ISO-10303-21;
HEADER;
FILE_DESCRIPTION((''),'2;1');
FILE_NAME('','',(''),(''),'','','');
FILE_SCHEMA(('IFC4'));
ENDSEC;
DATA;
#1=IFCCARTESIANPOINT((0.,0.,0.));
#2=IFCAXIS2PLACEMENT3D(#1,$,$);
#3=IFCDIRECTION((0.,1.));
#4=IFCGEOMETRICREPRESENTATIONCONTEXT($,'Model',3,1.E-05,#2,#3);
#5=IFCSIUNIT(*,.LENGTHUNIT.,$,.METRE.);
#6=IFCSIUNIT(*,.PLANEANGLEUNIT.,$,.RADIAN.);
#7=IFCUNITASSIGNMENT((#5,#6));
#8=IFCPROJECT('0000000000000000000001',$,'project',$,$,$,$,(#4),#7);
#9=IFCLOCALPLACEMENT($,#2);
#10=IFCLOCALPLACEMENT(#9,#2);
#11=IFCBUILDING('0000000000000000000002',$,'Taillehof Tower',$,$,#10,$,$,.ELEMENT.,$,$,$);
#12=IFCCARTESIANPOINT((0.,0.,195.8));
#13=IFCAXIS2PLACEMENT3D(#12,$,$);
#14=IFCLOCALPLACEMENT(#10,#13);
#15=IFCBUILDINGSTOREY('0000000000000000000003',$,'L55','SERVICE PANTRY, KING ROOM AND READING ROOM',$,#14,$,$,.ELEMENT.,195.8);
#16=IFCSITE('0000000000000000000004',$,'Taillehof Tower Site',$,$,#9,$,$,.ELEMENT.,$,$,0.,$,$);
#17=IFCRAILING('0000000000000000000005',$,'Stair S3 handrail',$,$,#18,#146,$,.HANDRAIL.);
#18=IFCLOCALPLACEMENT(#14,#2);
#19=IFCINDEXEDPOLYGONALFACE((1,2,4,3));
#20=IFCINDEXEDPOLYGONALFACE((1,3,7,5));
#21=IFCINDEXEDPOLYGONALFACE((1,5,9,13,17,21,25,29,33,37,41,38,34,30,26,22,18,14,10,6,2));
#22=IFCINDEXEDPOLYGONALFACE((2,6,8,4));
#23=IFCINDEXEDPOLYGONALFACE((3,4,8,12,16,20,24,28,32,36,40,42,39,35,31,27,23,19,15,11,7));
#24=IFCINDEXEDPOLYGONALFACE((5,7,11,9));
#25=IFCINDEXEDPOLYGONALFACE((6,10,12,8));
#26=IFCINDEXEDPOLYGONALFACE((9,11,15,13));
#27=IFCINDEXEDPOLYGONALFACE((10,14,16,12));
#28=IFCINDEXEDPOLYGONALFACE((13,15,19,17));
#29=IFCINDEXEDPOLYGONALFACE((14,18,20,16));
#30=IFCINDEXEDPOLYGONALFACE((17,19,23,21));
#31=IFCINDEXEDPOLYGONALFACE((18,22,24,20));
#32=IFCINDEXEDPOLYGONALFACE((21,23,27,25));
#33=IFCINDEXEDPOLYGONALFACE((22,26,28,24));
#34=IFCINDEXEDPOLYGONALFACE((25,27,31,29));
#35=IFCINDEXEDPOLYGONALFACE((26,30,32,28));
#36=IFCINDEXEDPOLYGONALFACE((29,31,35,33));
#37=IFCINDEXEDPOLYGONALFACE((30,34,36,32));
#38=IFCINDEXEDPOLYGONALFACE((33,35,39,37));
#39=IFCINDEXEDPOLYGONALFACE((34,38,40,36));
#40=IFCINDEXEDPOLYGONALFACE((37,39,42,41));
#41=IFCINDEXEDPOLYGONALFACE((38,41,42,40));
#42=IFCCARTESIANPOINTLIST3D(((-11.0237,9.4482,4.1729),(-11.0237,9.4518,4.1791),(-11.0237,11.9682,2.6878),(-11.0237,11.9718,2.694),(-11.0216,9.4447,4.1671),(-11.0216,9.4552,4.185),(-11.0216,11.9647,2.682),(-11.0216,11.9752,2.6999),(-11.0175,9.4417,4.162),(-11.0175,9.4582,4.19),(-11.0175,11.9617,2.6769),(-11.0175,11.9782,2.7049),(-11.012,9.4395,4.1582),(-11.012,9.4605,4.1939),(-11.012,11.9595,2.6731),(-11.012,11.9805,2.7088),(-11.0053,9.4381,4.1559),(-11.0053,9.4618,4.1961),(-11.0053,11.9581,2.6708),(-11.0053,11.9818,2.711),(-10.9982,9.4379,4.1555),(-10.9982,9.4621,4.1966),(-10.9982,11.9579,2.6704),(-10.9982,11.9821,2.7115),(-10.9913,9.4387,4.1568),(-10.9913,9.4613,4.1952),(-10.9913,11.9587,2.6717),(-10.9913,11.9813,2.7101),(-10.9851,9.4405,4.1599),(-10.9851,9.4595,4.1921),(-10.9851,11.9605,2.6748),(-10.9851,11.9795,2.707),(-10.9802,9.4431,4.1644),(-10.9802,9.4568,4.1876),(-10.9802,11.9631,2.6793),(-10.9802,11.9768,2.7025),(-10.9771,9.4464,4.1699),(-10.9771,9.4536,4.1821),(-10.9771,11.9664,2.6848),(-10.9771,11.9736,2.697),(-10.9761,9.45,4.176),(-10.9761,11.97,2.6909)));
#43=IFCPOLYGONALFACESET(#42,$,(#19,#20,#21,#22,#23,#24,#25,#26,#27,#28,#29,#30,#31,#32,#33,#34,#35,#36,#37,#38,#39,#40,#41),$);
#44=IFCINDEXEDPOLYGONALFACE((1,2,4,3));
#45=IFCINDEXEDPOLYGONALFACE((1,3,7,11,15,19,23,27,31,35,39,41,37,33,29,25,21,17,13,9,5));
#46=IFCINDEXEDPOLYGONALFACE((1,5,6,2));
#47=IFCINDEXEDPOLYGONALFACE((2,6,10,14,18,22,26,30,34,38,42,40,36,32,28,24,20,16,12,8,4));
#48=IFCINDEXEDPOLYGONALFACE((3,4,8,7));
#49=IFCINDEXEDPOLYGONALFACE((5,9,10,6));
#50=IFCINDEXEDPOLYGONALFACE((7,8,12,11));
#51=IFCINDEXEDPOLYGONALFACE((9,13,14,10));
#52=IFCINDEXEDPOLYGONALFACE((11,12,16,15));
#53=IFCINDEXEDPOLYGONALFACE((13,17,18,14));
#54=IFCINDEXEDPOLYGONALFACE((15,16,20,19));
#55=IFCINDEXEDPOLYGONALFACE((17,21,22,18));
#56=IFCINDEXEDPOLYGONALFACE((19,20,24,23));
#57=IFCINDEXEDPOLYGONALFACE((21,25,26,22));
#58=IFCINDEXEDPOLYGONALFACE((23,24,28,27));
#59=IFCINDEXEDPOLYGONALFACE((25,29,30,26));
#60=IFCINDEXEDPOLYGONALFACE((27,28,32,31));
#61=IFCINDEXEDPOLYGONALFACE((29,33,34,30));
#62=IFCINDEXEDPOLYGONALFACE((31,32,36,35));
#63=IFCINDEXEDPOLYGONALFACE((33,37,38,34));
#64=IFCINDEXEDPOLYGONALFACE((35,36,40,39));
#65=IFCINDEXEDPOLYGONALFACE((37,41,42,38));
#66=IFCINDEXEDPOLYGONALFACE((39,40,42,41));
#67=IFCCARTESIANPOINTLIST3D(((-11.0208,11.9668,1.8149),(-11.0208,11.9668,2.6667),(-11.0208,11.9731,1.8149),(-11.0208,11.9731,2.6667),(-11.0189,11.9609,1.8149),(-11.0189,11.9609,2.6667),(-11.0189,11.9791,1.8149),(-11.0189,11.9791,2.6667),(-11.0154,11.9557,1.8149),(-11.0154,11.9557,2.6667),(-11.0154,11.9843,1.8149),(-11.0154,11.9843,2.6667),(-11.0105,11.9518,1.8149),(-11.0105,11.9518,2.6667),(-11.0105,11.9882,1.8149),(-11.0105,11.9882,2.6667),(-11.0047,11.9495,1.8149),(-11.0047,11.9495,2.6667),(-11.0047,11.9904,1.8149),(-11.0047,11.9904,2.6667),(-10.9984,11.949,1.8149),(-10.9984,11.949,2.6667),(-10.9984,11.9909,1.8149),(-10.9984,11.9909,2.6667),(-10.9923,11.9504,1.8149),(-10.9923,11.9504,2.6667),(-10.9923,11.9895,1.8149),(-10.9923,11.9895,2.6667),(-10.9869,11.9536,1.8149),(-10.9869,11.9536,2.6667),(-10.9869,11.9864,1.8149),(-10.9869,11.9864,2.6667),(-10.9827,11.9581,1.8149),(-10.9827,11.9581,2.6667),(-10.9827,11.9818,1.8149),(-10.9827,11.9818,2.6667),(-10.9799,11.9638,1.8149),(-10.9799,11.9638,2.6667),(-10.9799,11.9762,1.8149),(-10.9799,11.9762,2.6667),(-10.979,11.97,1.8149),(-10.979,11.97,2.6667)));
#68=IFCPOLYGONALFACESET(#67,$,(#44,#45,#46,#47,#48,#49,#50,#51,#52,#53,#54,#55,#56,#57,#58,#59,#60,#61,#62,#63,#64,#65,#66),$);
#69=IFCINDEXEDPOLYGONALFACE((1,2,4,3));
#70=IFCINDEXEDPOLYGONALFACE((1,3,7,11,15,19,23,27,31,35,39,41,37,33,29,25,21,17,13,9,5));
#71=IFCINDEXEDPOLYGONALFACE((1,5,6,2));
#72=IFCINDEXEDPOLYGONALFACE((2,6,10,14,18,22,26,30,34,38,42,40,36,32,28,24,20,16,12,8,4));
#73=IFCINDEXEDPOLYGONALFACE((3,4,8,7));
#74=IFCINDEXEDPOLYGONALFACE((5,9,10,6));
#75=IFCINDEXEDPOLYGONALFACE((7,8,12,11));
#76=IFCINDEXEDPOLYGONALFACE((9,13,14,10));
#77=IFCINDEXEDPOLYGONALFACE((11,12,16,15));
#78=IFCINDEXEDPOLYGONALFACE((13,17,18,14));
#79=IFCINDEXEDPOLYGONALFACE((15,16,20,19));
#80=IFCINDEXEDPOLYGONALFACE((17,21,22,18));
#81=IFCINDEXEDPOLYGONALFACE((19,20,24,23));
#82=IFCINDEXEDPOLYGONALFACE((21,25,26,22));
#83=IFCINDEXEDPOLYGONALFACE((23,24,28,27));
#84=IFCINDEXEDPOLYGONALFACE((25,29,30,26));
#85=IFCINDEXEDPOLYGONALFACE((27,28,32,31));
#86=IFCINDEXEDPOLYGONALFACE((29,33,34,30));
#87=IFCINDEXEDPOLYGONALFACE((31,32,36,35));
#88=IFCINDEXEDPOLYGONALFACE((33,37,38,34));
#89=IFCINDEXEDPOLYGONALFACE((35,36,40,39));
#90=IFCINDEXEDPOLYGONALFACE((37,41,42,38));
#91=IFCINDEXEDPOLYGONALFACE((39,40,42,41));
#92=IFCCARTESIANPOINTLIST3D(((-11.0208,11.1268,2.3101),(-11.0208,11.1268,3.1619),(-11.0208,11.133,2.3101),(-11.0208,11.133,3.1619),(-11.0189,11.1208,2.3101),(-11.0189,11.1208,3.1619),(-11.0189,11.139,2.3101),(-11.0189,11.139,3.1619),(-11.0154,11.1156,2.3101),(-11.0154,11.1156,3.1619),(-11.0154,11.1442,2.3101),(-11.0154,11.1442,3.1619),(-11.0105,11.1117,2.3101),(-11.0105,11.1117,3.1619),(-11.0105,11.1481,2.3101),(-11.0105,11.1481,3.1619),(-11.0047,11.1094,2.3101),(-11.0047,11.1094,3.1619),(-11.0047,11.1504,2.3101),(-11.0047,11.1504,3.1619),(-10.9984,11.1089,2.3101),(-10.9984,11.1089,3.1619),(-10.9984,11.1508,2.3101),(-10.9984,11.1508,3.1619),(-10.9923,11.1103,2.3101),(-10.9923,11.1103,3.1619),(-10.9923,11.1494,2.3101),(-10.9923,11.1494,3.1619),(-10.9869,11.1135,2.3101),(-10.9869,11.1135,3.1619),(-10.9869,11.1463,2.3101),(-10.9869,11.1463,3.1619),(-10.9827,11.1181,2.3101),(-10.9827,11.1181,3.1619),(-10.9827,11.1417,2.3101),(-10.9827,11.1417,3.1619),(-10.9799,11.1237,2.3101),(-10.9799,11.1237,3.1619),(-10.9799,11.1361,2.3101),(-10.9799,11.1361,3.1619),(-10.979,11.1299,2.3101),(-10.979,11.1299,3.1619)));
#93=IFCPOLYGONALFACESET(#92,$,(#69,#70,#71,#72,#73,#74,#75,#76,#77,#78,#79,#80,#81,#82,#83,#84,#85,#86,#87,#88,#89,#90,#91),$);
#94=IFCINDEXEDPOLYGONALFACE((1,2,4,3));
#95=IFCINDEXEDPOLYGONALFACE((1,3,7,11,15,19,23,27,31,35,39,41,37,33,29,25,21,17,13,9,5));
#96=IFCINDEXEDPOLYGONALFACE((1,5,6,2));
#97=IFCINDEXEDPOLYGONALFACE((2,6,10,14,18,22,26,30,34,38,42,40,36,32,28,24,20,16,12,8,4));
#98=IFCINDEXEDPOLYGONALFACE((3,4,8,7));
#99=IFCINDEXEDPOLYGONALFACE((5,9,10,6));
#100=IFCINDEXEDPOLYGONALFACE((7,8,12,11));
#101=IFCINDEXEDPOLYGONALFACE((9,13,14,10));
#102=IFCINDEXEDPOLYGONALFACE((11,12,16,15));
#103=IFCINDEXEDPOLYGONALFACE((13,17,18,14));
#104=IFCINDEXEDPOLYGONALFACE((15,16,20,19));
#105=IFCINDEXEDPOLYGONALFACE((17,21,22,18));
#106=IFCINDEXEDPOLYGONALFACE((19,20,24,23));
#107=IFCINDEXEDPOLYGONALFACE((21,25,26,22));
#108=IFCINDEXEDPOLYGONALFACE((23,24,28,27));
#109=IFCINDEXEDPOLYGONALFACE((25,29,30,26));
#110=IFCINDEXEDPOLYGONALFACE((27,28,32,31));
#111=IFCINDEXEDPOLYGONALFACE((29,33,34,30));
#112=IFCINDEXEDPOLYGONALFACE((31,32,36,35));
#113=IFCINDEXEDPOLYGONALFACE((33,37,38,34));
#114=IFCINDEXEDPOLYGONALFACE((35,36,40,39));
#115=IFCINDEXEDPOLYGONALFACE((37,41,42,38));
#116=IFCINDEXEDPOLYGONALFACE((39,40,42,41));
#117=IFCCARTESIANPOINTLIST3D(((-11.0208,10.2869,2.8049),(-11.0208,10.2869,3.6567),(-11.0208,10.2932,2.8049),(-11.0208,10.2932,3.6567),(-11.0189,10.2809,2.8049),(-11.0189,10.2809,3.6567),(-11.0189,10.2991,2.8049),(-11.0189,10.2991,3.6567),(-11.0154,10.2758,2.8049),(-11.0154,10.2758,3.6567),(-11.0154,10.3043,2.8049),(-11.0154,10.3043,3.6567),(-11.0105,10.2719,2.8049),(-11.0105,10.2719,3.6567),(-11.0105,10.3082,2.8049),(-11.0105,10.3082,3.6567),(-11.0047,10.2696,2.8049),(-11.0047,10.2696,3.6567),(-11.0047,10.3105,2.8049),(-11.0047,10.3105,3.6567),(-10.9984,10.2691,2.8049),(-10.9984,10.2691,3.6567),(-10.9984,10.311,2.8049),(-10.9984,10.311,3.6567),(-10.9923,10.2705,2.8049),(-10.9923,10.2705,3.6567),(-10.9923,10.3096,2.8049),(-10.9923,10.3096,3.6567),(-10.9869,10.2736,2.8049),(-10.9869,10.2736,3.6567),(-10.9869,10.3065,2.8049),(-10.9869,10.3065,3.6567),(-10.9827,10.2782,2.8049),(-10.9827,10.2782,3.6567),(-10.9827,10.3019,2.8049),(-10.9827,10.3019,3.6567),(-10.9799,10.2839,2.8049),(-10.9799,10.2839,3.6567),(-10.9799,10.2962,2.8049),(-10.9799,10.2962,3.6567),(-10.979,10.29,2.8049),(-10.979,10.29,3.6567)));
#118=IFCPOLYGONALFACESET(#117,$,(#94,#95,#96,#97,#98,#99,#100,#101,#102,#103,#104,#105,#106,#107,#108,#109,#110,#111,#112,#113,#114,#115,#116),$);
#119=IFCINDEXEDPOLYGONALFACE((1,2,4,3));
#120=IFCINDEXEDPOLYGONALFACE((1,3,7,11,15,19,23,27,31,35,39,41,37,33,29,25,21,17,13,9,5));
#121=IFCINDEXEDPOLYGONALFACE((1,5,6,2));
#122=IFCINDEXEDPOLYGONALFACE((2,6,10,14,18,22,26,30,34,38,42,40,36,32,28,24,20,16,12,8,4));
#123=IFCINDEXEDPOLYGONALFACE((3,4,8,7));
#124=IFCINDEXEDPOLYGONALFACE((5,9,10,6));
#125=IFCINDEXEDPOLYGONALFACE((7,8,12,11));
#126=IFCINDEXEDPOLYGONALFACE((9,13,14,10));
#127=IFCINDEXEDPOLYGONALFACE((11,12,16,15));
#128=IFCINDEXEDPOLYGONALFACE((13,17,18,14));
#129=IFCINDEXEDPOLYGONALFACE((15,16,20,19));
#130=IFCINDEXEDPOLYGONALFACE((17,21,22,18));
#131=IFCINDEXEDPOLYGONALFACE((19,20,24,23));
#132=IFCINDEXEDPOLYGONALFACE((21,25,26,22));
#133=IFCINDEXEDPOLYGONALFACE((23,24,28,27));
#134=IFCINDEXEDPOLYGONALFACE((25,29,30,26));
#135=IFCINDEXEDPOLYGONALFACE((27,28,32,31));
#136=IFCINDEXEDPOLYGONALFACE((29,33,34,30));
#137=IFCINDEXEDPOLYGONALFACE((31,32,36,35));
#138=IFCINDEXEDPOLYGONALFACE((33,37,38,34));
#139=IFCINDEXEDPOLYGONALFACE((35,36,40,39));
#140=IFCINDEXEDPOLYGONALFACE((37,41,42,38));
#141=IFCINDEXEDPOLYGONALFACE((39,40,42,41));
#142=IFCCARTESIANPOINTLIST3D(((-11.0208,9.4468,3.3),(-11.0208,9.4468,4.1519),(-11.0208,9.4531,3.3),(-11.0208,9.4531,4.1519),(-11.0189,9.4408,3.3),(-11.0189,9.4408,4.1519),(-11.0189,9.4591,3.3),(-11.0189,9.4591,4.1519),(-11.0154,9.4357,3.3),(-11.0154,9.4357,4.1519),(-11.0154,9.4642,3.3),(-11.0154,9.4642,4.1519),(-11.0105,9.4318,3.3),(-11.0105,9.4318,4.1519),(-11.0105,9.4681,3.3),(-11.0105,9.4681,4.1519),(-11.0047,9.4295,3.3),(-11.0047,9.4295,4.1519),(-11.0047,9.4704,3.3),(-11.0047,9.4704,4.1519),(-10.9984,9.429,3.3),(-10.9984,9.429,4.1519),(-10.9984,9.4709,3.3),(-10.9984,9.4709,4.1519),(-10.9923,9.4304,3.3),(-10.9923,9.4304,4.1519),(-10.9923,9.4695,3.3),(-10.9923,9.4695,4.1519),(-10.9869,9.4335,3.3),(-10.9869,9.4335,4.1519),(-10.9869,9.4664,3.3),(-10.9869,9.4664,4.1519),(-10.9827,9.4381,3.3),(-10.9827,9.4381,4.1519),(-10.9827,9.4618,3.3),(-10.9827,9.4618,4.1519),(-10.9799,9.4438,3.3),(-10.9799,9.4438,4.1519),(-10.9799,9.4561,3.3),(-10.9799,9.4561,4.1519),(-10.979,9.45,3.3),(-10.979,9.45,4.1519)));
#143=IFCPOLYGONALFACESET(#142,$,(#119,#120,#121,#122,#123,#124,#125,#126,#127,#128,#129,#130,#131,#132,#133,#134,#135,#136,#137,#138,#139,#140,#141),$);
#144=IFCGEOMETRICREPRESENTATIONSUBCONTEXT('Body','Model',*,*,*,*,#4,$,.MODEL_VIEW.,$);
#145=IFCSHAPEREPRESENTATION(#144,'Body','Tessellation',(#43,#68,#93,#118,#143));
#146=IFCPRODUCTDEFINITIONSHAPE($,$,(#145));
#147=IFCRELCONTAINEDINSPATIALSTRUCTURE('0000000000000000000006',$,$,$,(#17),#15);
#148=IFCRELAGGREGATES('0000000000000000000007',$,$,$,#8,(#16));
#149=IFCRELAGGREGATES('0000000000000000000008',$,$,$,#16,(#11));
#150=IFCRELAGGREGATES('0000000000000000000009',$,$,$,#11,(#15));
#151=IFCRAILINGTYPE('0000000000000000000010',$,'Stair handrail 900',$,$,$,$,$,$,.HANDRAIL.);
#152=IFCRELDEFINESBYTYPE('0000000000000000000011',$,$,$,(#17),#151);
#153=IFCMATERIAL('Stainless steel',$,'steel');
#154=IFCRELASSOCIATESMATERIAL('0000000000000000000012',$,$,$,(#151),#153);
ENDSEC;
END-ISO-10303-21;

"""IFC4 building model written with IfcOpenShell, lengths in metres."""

from ifc_helpers import new_model, si_unit, direction, frame, origin, origin_2d, place, context, subcontext, project, spatial, circle, extrude, material, type_object, element, save


model = new_model("IFC4")

# Units and contexts
model_context = context("Model", 3, precision=1e-05, world=origin(), true_north=direction((0.0, 1.0)))
body_context = subcontext(model_context, "Body", "Model", "MODEL_VIEW")
ifc_project = project(units=[si_unit("LENGTHUNIT", "METRE"), si_unit("PLANEANGLEUNIT", "RADIAN")], contexts=[model_context])

# Site, building, storey
site_placement = place(None, origin())
site = spatial("IfcSite", under=ifc_project, at=site_placement, Name="Taillehof Tower Site", CompositionType="ELEMENT", RefElevation=0.0)
building_placement = place(site_placement, origin())
building = spatial("IfcBuilding", under=site, at=building_placement, Name="Taillehof Tower", CompositionType="ELEMENT")
storey_placement = place(building_placement, frame((0.0, 0.0, 195.8)))
storey = spatial("IfcBuildingStorey", under=building, at=storey_placement, Name="L55", Description="SERVICE PANTRY, KING ROOM AND READING ROOM", CompositionType="ELEMENT", Elevation=195.8)

# Railing
ifc_material_1 = material(Name="Stainless steel", Category="steel")
railing_type = type_object("IfcRailingType", Name="Stair handrail 900", PredefinedType="HANDRAIL", material=ifc_material_1)
railing_placement = place(storey_placement, frame((-11.0, 11.97, 1.8149)))
element("IfcRailing", 1, at=railing_placement, inside=storey, type_object=railing_type, Name="Stair S3 handrail", PredefinedType="HANDRAIL", context=body_context, shape_type="SweptSolid", body=[
    extrude(circle(Radius=0.0239, at=origin_2d()), frame((0.0, 0.0, 0.876), z_axis=(0.0, -0.861524, 0.507717), x_axis=(1.0, 0.0, 0.0)), (0.0, 0.0, 1.0), 2.925),
    extrude(circle(Radius=0.021, at=origin_2d()), origin(), (0.0, 0.0, 1.0), 0.8518),
    extrude(circle(Radius=0.021, at=origin_2d()), frame((0.0, -0.8401, 0.4951)), (0.0, 0.0, 1.0), 0.8518),
    extrude(circle(Radius=0.021, at=origin_2d()), frame((0.0, -1.6799, 0.99)), (0.0, 0.0, 1.0), 0.8518),
    extrude(circle(Radius=0.021, at=origin_2d()), frame((0.0, -2.52, 1.4851)), (0.0, 0.0, 1.0), 0.8518),
])

save(model, "model.ifc")
